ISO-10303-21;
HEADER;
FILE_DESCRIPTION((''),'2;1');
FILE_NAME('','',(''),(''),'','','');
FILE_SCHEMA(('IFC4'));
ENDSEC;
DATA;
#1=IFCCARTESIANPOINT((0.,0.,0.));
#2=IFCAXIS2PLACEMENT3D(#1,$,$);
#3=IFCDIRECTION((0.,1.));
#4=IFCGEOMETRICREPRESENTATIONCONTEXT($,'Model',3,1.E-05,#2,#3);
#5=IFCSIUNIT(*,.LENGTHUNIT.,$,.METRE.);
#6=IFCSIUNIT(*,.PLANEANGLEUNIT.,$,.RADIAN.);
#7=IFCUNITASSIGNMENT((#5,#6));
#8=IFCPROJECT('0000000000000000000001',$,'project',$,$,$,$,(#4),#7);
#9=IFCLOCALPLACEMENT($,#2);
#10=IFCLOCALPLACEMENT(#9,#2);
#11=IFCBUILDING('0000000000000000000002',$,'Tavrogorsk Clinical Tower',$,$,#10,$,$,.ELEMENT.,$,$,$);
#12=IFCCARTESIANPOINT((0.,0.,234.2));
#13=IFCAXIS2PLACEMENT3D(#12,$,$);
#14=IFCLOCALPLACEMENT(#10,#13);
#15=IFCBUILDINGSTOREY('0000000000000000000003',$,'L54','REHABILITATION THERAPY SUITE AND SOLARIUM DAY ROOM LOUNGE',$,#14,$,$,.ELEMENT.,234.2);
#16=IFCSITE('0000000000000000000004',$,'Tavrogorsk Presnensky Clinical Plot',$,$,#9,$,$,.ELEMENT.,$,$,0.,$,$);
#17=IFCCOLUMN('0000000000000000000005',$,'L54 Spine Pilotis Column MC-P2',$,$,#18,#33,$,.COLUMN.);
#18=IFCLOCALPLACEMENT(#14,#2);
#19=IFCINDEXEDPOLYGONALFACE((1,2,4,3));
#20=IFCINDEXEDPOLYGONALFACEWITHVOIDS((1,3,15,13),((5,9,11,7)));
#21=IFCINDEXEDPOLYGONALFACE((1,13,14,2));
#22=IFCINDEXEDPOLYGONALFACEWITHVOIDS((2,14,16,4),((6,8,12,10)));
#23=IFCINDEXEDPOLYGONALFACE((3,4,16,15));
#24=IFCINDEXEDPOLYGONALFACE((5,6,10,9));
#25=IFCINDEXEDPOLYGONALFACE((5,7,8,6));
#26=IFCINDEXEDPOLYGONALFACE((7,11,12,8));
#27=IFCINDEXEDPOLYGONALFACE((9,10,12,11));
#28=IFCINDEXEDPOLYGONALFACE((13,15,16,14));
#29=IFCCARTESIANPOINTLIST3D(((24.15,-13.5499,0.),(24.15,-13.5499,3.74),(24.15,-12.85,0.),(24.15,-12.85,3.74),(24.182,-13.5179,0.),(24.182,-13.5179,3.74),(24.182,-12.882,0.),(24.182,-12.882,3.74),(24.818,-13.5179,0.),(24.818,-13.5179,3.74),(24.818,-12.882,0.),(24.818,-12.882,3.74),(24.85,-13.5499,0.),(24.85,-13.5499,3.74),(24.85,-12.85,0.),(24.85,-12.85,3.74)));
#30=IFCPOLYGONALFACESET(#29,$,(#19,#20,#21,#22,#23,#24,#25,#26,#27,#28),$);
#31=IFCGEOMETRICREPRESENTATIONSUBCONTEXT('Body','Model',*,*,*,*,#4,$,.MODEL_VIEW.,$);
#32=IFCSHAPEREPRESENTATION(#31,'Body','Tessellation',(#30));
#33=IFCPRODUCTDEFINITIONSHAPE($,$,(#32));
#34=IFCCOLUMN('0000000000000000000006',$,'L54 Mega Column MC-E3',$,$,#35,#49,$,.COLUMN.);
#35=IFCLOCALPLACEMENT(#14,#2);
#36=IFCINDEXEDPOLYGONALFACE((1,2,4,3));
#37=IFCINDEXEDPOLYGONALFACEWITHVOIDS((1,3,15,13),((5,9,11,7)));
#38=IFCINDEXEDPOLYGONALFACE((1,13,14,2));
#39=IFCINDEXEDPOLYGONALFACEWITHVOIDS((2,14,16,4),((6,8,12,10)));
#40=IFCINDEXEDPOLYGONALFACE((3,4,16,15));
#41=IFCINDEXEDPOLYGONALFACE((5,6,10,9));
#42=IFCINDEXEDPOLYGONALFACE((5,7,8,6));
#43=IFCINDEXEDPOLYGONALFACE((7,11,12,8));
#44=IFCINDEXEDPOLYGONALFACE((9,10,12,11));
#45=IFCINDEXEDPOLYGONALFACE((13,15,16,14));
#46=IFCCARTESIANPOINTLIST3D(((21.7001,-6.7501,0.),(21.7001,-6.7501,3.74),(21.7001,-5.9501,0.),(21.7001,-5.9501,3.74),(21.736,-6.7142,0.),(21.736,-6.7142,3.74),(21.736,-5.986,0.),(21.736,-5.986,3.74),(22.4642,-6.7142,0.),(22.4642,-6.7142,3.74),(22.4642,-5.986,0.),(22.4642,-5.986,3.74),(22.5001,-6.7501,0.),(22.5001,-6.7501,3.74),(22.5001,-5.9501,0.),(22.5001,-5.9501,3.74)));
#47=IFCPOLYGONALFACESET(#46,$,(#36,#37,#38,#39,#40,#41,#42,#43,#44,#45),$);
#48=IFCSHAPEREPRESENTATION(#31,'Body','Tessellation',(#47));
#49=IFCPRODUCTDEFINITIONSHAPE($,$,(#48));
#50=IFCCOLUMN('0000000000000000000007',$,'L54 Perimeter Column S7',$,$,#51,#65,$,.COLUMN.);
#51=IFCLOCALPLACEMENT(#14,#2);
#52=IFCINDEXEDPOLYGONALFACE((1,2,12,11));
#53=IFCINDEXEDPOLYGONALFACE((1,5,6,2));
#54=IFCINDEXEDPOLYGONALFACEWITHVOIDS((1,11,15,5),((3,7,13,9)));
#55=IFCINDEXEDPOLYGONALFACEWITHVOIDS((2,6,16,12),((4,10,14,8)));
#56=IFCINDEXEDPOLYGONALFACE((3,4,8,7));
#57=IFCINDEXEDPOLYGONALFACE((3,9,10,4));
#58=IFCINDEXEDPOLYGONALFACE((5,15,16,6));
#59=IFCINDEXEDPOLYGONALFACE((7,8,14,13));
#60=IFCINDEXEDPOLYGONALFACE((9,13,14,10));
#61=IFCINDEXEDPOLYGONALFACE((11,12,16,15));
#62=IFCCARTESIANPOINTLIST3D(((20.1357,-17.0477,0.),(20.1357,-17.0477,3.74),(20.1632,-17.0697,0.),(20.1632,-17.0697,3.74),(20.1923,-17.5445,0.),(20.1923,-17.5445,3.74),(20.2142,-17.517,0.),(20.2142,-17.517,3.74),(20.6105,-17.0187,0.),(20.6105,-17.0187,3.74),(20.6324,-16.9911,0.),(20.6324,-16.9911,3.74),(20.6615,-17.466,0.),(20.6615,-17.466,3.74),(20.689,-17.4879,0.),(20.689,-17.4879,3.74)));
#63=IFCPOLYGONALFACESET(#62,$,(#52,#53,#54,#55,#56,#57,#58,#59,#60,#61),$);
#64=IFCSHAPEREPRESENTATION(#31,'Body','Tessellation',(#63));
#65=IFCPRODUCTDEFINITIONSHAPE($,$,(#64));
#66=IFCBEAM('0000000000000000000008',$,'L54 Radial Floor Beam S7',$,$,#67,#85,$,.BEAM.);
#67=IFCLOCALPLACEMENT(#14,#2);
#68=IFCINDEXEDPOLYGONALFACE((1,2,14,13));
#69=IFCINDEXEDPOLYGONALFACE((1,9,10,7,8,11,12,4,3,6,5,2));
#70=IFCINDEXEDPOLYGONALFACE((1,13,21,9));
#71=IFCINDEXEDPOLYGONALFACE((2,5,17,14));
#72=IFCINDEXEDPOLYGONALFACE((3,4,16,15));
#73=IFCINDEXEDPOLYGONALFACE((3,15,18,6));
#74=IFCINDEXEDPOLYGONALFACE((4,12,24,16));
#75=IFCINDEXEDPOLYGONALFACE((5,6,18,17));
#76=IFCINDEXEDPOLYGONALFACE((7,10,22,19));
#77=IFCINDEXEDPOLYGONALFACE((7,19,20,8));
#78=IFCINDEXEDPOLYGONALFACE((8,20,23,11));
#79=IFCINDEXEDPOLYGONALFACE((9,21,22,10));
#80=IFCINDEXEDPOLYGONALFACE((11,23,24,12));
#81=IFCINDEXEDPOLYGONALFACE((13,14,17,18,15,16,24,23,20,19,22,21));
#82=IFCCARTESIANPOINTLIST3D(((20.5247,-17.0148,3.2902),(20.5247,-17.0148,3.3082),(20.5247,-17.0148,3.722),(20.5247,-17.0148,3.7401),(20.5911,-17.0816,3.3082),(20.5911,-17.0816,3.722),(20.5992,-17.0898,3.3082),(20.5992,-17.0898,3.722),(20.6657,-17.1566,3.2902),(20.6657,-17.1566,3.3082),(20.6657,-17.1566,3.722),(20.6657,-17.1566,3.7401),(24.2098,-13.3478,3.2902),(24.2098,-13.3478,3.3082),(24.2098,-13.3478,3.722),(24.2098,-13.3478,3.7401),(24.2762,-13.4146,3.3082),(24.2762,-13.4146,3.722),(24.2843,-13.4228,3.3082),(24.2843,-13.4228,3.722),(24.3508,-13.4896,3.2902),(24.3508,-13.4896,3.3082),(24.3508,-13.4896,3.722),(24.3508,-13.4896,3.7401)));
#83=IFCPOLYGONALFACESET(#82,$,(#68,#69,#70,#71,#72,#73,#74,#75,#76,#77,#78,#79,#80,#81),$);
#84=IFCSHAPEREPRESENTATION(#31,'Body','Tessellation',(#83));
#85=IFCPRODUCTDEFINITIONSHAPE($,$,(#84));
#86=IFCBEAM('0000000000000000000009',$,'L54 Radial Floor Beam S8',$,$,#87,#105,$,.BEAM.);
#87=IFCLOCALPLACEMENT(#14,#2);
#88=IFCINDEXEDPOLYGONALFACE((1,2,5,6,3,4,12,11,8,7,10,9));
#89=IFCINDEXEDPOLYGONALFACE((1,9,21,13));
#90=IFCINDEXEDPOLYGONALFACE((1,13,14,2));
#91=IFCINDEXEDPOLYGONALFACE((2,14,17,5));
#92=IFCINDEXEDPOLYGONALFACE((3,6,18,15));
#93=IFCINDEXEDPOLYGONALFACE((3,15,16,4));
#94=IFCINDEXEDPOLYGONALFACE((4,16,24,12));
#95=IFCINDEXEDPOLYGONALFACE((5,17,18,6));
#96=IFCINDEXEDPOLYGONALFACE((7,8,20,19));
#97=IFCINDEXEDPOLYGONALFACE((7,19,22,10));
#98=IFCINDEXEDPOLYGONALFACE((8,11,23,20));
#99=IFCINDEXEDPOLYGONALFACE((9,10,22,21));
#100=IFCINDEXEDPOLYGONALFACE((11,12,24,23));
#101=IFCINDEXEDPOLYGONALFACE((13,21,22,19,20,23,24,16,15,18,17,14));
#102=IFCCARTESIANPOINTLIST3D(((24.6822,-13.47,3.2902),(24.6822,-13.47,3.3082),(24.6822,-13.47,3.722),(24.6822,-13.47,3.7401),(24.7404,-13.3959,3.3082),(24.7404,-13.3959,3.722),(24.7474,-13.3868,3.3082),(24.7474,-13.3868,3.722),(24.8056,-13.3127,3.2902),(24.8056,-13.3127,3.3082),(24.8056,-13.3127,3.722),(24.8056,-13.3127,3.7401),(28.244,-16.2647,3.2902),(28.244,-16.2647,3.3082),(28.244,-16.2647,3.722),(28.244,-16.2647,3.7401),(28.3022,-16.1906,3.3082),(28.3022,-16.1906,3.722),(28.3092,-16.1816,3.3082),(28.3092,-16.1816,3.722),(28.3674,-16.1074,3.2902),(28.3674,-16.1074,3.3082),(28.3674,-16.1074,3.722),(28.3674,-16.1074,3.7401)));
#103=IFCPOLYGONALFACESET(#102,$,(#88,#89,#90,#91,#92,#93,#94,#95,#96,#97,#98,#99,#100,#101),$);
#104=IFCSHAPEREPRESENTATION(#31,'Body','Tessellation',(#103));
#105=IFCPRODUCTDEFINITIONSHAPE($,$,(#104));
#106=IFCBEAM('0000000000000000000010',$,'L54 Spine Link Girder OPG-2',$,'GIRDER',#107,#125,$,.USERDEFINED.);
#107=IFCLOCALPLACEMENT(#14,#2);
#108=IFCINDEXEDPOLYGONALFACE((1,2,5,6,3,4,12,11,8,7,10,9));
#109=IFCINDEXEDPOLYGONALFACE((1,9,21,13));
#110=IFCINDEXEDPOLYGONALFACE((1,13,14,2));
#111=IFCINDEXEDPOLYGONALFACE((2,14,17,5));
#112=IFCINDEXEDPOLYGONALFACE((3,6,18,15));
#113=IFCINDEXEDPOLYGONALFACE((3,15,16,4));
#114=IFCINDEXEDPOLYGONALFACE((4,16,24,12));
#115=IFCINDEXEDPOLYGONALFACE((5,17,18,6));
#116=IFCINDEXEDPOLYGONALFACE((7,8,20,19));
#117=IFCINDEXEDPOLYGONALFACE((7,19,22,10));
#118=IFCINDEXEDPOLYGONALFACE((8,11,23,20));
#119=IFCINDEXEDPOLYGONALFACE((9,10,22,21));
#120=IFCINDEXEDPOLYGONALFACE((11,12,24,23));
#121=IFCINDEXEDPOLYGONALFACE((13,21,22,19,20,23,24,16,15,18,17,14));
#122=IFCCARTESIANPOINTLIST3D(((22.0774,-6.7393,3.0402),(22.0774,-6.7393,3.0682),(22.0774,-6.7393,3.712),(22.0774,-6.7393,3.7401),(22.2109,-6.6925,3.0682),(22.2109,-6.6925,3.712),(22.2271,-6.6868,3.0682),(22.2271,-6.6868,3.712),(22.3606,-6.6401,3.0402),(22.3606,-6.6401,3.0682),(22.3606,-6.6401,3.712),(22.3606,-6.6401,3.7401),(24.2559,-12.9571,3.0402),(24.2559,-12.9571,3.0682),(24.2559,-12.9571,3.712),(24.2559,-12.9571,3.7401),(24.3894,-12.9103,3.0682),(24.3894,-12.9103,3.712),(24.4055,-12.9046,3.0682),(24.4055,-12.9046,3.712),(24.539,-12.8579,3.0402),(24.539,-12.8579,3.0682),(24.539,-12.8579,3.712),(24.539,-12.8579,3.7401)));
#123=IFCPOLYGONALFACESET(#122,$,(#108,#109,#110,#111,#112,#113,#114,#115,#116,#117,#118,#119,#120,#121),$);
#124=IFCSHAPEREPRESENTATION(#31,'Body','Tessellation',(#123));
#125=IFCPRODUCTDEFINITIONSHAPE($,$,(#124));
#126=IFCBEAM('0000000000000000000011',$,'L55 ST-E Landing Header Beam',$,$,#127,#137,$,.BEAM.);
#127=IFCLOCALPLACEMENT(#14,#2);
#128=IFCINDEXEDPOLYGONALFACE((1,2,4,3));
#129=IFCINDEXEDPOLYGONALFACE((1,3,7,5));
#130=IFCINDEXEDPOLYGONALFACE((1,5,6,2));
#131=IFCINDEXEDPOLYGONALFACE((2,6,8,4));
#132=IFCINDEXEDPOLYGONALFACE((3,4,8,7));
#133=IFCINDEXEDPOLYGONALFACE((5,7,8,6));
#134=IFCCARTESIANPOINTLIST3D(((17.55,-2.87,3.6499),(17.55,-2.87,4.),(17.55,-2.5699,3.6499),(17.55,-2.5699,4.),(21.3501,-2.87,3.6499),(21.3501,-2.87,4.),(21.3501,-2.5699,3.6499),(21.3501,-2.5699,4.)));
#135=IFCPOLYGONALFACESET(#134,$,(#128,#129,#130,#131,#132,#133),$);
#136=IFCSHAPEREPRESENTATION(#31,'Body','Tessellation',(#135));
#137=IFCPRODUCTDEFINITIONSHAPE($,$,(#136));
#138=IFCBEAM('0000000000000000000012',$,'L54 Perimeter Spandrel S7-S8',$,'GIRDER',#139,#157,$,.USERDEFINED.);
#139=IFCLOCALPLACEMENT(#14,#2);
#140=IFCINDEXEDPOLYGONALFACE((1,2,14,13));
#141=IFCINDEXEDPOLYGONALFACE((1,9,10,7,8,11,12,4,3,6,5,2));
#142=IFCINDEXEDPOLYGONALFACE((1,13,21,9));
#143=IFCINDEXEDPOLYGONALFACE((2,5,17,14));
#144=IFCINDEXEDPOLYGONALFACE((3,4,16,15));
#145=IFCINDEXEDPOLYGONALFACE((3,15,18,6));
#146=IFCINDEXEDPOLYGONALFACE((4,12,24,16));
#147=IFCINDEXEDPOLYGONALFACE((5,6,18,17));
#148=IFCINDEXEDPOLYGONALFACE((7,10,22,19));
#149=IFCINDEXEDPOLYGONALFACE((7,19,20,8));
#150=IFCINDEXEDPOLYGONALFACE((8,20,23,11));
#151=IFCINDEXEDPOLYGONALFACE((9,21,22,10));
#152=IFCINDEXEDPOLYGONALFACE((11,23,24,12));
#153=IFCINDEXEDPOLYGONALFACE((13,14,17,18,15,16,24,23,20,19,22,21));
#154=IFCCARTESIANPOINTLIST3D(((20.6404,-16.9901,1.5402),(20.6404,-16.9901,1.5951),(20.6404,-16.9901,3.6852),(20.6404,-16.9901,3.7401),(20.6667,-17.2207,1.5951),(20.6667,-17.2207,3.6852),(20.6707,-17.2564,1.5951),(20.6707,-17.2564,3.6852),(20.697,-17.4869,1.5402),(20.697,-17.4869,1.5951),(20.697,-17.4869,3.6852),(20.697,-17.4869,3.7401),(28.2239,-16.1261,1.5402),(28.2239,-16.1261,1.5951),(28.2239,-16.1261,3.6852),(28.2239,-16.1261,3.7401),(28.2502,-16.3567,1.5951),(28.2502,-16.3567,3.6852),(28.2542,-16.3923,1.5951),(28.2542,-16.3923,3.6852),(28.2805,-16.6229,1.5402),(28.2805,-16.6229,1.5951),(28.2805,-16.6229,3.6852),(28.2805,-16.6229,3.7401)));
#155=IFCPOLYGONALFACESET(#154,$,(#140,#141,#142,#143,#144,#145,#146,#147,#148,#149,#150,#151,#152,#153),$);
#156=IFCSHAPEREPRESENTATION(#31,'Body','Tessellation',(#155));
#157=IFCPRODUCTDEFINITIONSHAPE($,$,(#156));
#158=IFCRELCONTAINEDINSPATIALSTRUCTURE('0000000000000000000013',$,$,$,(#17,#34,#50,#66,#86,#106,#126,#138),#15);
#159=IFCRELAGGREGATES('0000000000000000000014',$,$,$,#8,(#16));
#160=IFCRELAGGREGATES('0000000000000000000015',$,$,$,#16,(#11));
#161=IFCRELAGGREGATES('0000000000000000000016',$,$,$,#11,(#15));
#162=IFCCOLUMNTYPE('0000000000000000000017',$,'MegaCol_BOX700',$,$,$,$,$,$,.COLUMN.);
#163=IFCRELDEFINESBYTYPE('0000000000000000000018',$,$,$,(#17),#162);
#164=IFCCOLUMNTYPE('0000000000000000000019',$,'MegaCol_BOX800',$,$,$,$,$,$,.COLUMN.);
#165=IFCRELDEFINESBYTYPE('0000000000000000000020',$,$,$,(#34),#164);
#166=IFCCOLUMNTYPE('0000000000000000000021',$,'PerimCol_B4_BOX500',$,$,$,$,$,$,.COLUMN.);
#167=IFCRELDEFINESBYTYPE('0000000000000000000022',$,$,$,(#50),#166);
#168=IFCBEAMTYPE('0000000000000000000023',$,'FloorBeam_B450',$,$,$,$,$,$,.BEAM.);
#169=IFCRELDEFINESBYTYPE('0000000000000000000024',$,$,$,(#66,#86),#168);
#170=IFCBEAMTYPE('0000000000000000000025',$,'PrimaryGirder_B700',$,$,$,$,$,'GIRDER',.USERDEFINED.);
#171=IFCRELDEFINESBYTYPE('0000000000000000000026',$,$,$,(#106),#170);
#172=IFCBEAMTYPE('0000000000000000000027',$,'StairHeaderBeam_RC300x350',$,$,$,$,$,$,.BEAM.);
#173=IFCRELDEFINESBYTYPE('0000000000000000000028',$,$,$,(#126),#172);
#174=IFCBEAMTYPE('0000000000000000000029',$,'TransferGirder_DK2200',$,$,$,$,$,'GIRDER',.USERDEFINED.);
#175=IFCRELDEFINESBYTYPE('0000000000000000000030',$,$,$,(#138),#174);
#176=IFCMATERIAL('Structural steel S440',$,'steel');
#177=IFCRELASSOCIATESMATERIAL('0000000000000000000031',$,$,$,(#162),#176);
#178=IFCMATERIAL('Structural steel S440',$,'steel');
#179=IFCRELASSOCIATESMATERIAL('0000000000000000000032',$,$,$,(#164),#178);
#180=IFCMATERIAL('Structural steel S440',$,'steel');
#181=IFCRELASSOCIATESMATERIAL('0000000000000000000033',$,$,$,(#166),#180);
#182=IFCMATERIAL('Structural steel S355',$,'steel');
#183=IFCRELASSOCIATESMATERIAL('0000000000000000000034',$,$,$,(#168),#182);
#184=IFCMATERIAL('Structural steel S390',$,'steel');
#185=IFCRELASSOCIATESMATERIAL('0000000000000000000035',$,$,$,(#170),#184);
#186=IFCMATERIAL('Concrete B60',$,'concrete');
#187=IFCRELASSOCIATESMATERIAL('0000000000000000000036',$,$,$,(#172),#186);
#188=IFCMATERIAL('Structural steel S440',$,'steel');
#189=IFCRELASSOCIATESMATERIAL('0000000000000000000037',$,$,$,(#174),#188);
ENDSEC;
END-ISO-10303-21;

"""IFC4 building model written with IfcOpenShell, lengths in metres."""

from ifc_helpers import new_model, si_unit, direction, frame, origin, origin_2d, place, context, subcontext, project, spatial, rectangle, hollow_rectangle, i_section, extrude, material, material_profile, profile_set, type_object, element, save


model = new_model("IFC4")

# Units and contexts
model_context = context("Model", 3, precision=1e-05, world=origin(), true_north=direction((0.0, 1.0)))
body_context = subcontext(model_context, "Body", "Model", "MODEL_VIEW")
ifc_project = project(units=[si_unit("LENGTHUNIT", "METRE"), si_unit("PLANEANGLEUNIT", "RADIAN")], contexts=[model_context])

# Site, building, storey
site_placement = place(None, origin())
site = spatial("IfcSite", under=ifc_project, at=site_placement, Name="Tavrogorsk Presnensky Clinical Plot", CompositionType="ELEMENT", RefElevation=0.0)
building_placement = place(site_placement, origin())
building = spatial("IfcBuilding", under=site, at=building_placement, Name="Tavrogorsk Clinical Tower", CompositionType="ELEMENT")
storey_placement = place(building_placement, frame((0.0, 0.0, 234.2)))
storey = spatial("IfcBuildingStorey", under=building, at=storey_placement, Name="L54", Description="REHABILITATION THERAPY SUITE AND SOLARIUM DAY ROOM LOUNGE", CompositionType="ELEMENT", Elevation=234.2)

# Columns
ifc_material_1 = material(Name="Structural steel S440", Category="steel")
ifc_material_profile_1 = material_profile(ifc_material_1, hollow_rectangle(XDim=0.7, YDim=0.7, WallThickness=0.032, at=origin_2d()), Name="BOX-700x700x32")
ifc_profile_set_1 = profile_set([ifc_material_profile_1], Name="Structural steel S440")
column_type_1 = type_object("IfcColumnType", Name="MegaCol_BOX700", PredefinedType="COLUMN", material=ifc_profile_set_1)
column_1_placement = place(storey_placement, frame((24.5, -13.2, 0.0), z_axis=(0.0, 0.0, 1.0), x_axis=(1.0, 0.0, 0.0)))
element("IfcColumn", 1, at=column_1_placement, inside=storey, type_object=column_type_1, Name="L54 Spine Pilotis Column MC-P2", PredefinedType="COLUMN", context=body_context, shape_type="SweptSolid", body=[
    extrude(hollow_rectangle(XDim=0.7, YDim=0.7, WallThickness=0.032, at=origin_2d()), origin(), (0.0, 0.0, 1.0), 3.74),
])
ifc_material_2 = material(Name="Structural steel S440", Category="steel")
ifc_material_profile_2 = material_profile(ifc_material_2, hollow_rectangle(XDim=0.8, YDim=0.8, WallThickness=0.0359, at=origin_2d()), Name="BOX-800x800x36")
ifc_profile_set_2 = profile_set([ifc_material_profile_2], Name="Structural steel S440")
column_type_2 = type_object("IfcColumnType", Name="MegaCol_BOX800", PredefinedType="COLUMN", material=ifc_profile_set_2)
column_2_placement = place(storey_placement, frame((22.1001, -6.3501, 0.0), z_axis=(0.0, 0.0, 1.0), x_axis=(1.0, 0.0, 0.0)))
element("IfcColumn", 2, at=column_2_placement, inside=storey, type_object=column_type_2, Name="L54 Mega Column MC-E3", PredefinedType="COLUMN", context=body_context, shape_type="SweptSolid", body=[
    extrude(hollow_rectangle(XDim=0.8, YDim=0.8, WallThickness=0.0359, at=origin_2d()), origin(), (0.0, 0.0, 1.0), 3.74),
])
ifc_material_3 = material(Name="Structural steel S440", Category="steel")
ifc_material_profile_3 = material_profile(ifc_material_3, hollow_rectangle(XDim=0.5, YDim=0.5, WallThickness=0.0249, at=origin_2d()), Name="BOX-500x500x25")
ifc_profile_set_3 = profile_set([ifc_material_profile_3], Name="Structural steel S440")
column_type_3 = type_object("IfcColumnType", Name="PerimCol_B4_BOX500", PredefinedType="COLUMN", material=ifc_profile_set_3)
column_3_placement = place(storey_placement, frame((20.4124, -17.2678, 0.0), z_axis=(0.0, 0.0, 1.0), x_axis=(0.993572, 0.113203, 0.0)))
element("IfcColumn", 3, at=column_3_placement, inside=storey, type_object=column_type_3, Name="L54 Perimeter Column S7", PredefinedType="COLUMN", context=body_context, shape_type="SweptSolid", body=[
    extrude(hollow_rectangle(XDim=0.5, YDim=0.5, WallThickness=0.0249, at=origin_2d()), origin(), (0.0, 0.0, 1.0), 3.74),
])

# Beams
ifc_material_4 = material(Name="Structural steel S355", Category="steel")
ifc_material_profile_4 = material_profile(ifc_material_4, i_section(OverallWidth=0.2, OverallDepth=0.45, WebThickness=0.0115, FlangeThickness=0.0181, at=origin_2d()), Name="B-450x200x11.5x18")
ifc_profile_set_4 = profile_set([ifc_material_profile_4], Name="Structural steel S355")
beam_type_1 = type_object("IfcBeamType", Name="FloorBeam_B450", PredefinedType="BEAM", material=ifc_profile_set_4)
beam_1_placement = place(storey_placement, frame((24.2803, -13.4187, 3.5151), z_axis=(-0.708842, -0.705367, 0.0), x_axis=(0.705367, -0.708842, 0.0)))
element("IfcBeam", 4, at=beam_1_placement, inside=storey, type_object=beam_type_1, Name="L54 Radial Floor Beam S7", PredefinedType="BEAM", context=body_context, shape_type="SweptSolid", body=[
    extrude(i_section(OverallWidth=0.2, OverallDepth=0.45, WebThickness=0.0115, FlangeThickness=0.0181, at=origin_2d()), origin(), (0.0, 0.0, 1.0), 5.1987),
])
beam_2_placement = place(storey_placement, frame((24.7439, -13.3914, 3.5151), z_axis=(0.786732, -0.617295, 0.0), x_axis=(0.617295, 0.786732, 0.0)))
element("IfcBeam", 5, at=beam_2_placement, inside=storey, type_object=beam_type_1, Name="L54 Radial Floor Beam S8", PredefinedType="BEAM", context=body_context, shape_type="SweptSolid", body=[
    extrude(i_section(OverallWidth=0.2, OverallDepth=0.45, WebThickness=0.0115, FlangeThickness=0.0181, at=origin_2d()), origin(), (0.0, 0.0, 1.0), 4.5273),
])
ifc_material_5 = material(Name="Structural steel S390", Category="steel")
ifc_material_profile_5 = material_profile(ifc_material_5, i_section(OverallWidth=0.3, OverallDepth=0.7, WebThickness=0.0171, FlangeThickness=0.0281, at=origin_2d()), Name="B-700x300x17x28")
ifc_profile_set_5 = profile_set([ifc_material_profile_5], Name="Structural steel S390")
beam_type_2 = type_object("IfcBeamType", Name="PrimaryGirder_B700", ElementType="GIRDER", PredefinedType="USERDEFINED", material=ifc_profile_set_5)
beam_3_placement = place(storey_placement, frame((24.3975, -12.9075, 3.3901), z_axis=(-0.330654, 0.943752, 0.0), x_axis=(-0.943752, -0.330654, 0.0)))
element("IfcBeam", 6, at=beam_3_placement, inside=storey, type_object=beam_type_2, Name="L54 Spine Link Girder OPG-2", ObjectType="GIRDER", PredefinedType="USERDEFINED", context=body_context, shape_type="SweptSolid", body=[
    extrude(i_section(OverallWidth=0.3, OverallDepth=0.7, WebThickness=0.0171, FlangeThickness=0.0281, at=origin_2d()), origin(), (0.0, 0.0, 1.0), 6.5884),
])
ifc_material_6 = material(Name="Concrete B60", Category="concrete")
ifc_material_profile_6 = material_profile(ifc_material_6, rectangle(XDim=0.3, YDim=0.3501, at=origin_2d()), Name="RC-SHB-300x350")
ifc_profile_set_6 = profile_set([ifc_material_profile_6], Name="Concrete B60")
beam_type_3 = type_object("IfcBeamType", Name="StairHeaderBeam_RC300x350", PredefinedType="BEAM", material=ifc_profile_set_6)
beam_4_placement = place(storey_placement, frame((17.55, -2.72, 3.825), z_axis=(1.0, 0.0, 0.0), x_axis=(0.0, 1.0, 0.0)))
element("IfcBeam", 7, at=beam_4_placement, inside=storey, type_object=beam_type_3, Name="L55 ST-E Landing Header Beam", PredefinedType="BEAM", context=body_context, shape_type="SweptSolid", body=[
    extrude(rectangle(XDim=0.3, YDim=0.3501, at=origin_2d()), origin(), (0.0, 0.0, 1.0), 3.8),
])
ifc_material_7 = material(Name="Structural steel S440", Category="steel")
ifc_material_profile_7 = material_profile(ifc_material_7, i_section(OverallWidth=0.5, OverallDepth=2.2, WebThickness=0.0359, FlangeThickness=0.0549, at=origin_2d()), Name="DK-2200x500x36x55")
ifc_profile_set_7 = profile_set([ifc_material_profile_7], Name="Structural steel S440")
beam_type_4 = type_object("IfcBeamType", Name="TransferGirder_DK2200", ElementType="GIRDER", PredefinedType="USERDEFINED", material=ifc_profile_set_7)
beam_5_placement = place(storey_placement, frame((20.6687, -17.2385, 2.6401), z_axis=(0.993572, 0.113201, 0.0), x_axis=(-0.113201, 0.993572, 0.0)))
element("IfcBeam", 8, at=beam_5_placement, inside=storey, type_object=beam_type_4, Name="L54 Perimeter Spandrel S7-S8", ObjectType="GIRDER", PredefinedType="USERDEFINED", context=body_context, shape_type="SweptSolid", body=[
    extrude(i_section(OverallWidth=0.5, OverallDepth=2.2, WebThickness=0.0359, FlangeThickness=0.0549, at=origin_2d()), origin(), (0.0, 0.0, 1.0), 7.6326),
])

save(model, "model.ifc")
